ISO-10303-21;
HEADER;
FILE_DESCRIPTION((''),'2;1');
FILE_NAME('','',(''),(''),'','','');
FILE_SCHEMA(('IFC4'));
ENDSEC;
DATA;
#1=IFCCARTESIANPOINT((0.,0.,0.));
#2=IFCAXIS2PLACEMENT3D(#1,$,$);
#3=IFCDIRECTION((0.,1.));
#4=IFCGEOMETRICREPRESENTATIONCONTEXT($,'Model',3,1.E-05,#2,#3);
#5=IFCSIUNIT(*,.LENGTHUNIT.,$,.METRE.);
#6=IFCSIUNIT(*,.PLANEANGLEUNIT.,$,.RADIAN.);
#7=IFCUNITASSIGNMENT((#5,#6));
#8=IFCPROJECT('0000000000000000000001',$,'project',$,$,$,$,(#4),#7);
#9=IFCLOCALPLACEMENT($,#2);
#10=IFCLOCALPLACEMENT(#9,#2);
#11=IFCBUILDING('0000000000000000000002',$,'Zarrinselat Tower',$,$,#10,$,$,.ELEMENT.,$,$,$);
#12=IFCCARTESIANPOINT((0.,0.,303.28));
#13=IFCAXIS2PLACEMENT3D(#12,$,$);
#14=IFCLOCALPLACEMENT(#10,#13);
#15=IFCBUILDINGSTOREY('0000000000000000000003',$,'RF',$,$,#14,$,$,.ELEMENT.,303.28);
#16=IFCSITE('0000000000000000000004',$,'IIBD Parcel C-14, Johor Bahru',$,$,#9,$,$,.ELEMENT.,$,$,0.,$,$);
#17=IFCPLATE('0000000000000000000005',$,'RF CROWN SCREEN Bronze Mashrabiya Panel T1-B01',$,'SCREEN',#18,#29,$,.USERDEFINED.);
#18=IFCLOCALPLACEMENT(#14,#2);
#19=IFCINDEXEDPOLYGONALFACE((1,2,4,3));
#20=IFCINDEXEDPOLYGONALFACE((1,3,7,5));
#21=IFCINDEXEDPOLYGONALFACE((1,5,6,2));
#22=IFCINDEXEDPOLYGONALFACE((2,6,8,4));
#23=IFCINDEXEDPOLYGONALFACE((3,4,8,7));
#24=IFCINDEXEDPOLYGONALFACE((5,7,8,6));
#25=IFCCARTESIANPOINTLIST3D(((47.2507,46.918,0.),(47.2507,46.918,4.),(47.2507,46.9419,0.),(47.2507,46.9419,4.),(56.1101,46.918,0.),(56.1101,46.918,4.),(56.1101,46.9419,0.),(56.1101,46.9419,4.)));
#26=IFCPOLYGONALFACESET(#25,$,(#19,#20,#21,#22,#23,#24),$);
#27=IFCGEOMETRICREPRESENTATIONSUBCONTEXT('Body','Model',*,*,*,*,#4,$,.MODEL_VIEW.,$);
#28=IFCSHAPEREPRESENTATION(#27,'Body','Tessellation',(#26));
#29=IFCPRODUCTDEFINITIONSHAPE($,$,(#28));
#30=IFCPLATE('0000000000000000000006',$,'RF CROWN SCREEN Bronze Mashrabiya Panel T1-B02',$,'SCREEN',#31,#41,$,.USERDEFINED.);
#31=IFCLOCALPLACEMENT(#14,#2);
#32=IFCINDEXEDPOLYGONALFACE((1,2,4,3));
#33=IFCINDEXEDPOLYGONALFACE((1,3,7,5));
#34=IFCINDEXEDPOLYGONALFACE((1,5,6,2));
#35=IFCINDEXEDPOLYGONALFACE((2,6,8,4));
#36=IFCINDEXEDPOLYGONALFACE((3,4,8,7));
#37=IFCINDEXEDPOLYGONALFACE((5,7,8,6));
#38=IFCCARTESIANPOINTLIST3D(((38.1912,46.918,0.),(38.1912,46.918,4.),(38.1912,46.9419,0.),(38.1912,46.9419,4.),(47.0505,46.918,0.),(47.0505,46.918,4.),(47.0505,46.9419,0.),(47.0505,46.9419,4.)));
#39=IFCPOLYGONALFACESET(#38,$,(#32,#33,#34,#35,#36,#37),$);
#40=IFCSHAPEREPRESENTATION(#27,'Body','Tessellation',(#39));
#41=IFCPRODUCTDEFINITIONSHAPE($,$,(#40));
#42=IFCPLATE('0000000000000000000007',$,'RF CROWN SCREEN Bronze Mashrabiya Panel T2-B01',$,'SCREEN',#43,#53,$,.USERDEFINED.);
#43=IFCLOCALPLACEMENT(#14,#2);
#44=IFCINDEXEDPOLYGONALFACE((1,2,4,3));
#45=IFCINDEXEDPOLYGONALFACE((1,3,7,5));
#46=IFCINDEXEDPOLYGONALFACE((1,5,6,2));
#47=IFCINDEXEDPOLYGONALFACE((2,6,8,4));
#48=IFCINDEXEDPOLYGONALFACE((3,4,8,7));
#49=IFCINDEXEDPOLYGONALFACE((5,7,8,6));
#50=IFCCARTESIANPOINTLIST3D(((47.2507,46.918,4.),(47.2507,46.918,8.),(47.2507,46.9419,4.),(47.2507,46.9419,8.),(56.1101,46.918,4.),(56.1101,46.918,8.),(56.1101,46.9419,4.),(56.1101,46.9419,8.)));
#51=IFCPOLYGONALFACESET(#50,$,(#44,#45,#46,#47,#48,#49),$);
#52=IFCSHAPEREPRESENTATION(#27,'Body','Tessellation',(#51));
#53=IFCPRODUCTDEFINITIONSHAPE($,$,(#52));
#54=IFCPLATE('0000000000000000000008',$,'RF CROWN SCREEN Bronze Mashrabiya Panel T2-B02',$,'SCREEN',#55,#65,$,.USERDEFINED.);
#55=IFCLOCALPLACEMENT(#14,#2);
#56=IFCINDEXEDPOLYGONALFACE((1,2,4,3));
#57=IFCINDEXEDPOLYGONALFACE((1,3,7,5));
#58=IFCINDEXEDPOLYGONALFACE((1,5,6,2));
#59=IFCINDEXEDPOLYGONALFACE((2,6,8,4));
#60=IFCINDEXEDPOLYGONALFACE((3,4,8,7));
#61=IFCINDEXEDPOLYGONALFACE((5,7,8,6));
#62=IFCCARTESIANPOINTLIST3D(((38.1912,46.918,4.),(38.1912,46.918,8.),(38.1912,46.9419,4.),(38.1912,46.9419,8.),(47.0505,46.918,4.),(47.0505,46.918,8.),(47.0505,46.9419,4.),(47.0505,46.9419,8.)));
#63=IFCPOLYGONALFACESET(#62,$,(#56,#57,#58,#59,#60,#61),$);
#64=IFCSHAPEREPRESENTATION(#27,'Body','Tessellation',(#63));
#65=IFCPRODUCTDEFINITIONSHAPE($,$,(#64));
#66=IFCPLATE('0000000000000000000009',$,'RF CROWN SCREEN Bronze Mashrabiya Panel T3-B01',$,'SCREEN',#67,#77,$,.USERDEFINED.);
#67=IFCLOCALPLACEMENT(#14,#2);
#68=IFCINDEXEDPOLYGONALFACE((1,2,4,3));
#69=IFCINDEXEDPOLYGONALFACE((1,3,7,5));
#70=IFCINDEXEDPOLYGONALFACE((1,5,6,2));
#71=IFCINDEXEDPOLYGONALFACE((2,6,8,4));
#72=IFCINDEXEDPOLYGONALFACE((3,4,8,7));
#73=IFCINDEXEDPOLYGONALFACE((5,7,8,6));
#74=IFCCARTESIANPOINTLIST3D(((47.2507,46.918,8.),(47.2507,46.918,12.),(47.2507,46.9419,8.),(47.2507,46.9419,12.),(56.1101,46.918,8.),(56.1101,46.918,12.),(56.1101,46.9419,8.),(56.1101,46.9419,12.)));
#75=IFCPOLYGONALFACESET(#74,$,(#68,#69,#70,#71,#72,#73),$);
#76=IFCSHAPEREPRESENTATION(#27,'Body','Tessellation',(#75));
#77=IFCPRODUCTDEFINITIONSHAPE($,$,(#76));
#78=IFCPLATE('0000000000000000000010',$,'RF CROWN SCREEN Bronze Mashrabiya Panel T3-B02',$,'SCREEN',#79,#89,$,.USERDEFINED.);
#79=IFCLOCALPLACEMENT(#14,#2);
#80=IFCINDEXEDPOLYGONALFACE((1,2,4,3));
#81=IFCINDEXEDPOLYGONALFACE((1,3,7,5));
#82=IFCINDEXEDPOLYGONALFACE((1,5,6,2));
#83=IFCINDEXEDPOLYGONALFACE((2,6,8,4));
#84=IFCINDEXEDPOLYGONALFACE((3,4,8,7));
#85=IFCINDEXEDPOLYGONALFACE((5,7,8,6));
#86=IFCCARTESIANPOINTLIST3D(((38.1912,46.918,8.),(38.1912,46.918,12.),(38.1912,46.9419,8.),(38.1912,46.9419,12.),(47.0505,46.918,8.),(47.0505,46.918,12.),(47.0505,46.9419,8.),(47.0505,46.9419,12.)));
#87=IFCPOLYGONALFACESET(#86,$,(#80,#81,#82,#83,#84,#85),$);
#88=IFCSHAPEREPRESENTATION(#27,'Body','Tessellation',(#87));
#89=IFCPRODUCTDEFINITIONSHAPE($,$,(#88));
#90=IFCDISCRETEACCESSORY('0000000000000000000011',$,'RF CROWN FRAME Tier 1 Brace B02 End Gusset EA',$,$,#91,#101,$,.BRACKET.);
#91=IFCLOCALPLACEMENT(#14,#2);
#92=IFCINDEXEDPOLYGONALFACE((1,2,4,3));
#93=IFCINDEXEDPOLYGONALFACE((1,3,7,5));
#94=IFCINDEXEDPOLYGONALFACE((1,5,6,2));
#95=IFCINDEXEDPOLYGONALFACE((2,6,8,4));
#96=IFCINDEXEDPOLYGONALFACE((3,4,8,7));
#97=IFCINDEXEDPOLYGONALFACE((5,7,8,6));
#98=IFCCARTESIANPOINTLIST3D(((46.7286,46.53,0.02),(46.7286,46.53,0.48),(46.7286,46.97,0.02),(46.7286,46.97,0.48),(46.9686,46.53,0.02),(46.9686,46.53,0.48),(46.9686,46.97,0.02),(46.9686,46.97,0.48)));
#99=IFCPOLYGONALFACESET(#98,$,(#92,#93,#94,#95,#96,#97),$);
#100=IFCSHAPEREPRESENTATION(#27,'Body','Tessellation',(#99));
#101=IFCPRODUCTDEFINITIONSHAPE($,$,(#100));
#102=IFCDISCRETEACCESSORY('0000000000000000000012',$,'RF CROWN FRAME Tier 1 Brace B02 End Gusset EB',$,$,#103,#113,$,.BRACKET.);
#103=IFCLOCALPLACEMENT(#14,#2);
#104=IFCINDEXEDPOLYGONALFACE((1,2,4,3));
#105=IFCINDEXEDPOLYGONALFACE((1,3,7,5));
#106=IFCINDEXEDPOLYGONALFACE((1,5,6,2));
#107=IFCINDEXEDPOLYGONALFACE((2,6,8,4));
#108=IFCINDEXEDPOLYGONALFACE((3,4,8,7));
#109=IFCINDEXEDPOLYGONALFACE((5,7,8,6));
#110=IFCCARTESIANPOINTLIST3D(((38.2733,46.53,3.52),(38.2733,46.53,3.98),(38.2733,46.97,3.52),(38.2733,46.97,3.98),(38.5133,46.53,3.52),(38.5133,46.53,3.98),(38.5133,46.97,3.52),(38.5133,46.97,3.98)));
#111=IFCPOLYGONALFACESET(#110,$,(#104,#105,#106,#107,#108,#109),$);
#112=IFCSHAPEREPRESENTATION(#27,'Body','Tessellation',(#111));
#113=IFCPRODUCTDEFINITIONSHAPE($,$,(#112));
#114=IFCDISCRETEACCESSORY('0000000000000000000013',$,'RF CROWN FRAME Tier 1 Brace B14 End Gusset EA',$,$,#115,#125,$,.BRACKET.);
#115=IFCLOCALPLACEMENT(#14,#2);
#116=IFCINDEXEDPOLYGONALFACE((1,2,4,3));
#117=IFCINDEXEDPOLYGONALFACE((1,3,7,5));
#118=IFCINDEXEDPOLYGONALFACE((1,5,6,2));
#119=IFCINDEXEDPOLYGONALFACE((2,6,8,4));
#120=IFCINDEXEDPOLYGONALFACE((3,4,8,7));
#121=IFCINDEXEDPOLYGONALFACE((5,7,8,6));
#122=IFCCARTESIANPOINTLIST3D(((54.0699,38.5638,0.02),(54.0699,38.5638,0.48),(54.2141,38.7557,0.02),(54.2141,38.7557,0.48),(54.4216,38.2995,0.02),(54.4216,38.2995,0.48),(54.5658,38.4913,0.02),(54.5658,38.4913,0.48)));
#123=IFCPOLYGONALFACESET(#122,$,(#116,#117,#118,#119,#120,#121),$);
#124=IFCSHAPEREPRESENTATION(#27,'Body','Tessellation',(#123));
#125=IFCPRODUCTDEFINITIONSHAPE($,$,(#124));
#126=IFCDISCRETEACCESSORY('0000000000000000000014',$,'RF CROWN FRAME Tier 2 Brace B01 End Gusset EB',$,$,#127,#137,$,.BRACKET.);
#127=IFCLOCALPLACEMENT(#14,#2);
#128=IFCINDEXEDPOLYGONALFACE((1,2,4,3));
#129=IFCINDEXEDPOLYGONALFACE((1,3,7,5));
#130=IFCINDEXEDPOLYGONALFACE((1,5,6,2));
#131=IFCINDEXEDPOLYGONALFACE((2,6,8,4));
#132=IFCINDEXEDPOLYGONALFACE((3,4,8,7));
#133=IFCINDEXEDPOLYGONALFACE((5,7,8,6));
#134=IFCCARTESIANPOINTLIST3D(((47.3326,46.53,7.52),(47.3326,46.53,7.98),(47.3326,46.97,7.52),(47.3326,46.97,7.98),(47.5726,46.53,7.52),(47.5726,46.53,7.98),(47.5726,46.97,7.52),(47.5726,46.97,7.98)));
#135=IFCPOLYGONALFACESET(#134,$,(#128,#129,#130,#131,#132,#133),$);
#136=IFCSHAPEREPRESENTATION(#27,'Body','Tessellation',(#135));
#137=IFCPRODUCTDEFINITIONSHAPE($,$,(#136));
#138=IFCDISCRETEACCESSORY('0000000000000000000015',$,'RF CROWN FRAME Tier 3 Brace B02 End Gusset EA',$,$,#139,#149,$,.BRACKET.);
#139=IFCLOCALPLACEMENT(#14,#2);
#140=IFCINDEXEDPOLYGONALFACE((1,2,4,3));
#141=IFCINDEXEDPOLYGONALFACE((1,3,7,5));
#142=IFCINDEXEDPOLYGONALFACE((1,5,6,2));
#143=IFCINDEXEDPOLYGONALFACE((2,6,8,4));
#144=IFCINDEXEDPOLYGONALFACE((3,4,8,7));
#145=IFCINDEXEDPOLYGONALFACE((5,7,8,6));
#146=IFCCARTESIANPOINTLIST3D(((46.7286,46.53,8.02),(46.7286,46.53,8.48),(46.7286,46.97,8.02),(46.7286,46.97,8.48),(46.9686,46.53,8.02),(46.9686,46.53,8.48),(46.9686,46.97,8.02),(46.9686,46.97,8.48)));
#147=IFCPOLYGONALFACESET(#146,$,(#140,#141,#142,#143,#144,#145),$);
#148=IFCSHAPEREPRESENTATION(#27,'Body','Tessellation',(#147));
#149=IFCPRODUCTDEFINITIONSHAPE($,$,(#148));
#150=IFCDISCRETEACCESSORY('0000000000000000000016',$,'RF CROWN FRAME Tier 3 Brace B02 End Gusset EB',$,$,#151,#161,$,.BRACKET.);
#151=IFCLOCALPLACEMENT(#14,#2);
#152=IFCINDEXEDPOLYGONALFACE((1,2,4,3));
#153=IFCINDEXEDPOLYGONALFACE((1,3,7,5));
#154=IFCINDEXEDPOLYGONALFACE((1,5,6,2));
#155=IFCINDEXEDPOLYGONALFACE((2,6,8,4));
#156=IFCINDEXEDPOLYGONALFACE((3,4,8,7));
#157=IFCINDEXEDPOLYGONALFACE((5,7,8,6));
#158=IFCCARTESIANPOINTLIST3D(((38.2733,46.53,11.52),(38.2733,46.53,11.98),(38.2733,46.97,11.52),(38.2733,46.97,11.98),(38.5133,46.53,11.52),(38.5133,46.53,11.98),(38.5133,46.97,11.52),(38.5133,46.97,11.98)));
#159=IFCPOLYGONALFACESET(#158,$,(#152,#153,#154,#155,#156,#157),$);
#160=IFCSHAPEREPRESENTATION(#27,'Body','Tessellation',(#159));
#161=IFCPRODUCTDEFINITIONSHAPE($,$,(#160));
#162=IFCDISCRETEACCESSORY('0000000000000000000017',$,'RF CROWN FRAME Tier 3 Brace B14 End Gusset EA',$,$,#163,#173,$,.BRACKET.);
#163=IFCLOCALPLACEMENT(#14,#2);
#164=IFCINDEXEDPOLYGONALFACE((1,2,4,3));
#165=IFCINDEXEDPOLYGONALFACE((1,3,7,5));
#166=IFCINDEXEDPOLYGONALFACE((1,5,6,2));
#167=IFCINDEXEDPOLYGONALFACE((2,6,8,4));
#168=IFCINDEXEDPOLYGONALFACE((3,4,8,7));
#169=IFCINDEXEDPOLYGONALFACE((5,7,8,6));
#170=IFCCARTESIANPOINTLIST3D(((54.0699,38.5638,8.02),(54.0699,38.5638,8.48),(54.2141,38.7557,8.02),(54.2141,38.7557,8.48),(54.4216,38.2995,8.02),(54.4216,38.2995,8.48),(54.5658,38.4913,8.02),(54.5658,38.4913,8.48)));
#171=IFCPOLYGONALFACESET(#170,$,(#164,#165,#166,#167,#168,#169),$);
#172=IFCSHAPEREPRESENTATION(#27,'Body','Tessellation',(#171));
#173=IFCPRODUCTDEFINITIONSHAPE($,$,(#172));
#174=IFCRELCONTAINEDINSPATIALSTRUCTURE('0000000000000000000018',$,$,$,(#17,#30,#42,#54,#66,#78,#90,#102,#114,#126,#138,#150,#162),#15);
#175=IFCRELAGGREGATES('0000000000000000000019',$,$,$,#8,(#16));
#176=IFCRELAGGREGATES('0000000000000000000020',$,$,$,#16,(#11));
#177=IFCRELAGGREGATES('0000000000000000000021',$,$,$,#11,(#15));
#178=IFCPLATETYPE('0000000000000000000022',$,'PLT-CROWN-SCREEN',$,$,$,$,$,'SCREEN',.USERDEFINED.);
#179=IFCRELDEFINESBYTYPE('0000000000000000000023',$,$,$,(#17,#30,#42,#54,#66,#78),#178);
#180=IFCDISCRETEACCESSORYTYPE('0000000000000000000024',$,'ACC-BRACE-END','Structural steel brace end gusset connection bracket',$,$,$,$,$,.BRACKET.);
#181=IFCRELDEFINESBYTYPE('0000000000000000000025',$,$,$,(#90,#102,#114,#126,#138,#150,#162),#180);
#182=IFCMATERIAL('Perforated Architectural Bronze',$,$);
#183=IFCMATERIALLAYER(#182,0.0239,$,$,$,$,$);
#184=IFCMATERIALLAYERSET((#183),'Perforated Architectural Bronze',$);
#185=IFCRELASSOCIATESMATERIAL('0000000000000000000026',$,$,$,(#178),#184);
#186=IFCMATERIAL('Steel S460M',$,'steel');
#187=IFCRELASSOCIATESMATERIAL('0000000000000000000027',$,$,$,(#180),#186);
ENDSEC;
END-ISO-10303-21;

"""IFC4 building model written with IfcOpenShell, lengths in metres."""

from ifc_helpers import new_model, si_unit, direction, frame, origin, origin_2d, place, context, subcontext, project, spatial, rectangle, extrude, material, layer, layer_set, type_object, element, save


model = new_model("IFC4")

# Units and contexts
model_context = context("Model", 3, precision=1e-05, world=origin(), true_north=direction((0.0, 1.0)))
body_context = subcontext(model_context, "Body", "Model", "MODEL_VIEW")
ifc_project = project(units=[si_unit("LENGTHUNIT", "METRE"), si_unit("PLANEANGLEUNIT", "RADIAN")], contexts=[model_context])

# Site, building, storey
site_placement = place(None, origin())
site = spatial("IfcSite", under=ifc_project, at=site_placement, Name="IIBD Parcel C-14, Johor Bahru", CompositionType="ELEMENT", RefElevation=0.0)
building_placement = place(site_placement, origin())
building = spatial("IfcBuilding", under=site, at=building_placement, Name="Zarrinselat Tower", CompositionType="ELEMENT")
storey_placement = place(building_placement, frame((0.0, 0.0, 303.28)))
storey = spatial("IfcBuildingStorey", under=building, at=storey_placement, Name="RF", CompositionType="ELEMENT", Elevation=303.28)

# Plates
ifc_material_1 = material(Name="Perforated Architectural Bronze")
ifc_layer_1 = layer(ifc_material_1, 0.0239)
ifc_layer_set_1 = layer_set([ifc_layer_1], Name="Perforated Architectural Bronze")
plate_type = type_object("IfcPlateType", Name="PLT-CROWN-SCREEN", ElementType="SCREEN", PredefinedType="USERDEFINED", material=ifc_layer_set_1)
for number, where, z_axis, x_axis, name in (
    (1, (51.6804, 46.9299, 0.0), (0.0, 0.0, 1.0), (-1.0, 0.0, 0.0), "RF CROWN SCREEN Bronze Mashrabiya Panel T1-B01"),
    (2, (42.6208, 46.9299, 0.0), (0.0, 0.0, 1.0), (-1.0, 0.0, 0.0), "RF CROWN SCREEN Bronze Mashrabiya Panel T1-B02"),
    (3, (51.6804, 46.9299, 4.0), (0.0, 0.0, 1.0), (-1.0, 0.0, 0.0), "RF CROWN SCREEN Bronze Mashrabiya Panel T2-B01"),
    (4, (42.6208, 46.9299, 4.0), (0.0, 0.0, 1.0), (-1.0, 0.0, 0.0), "RF CROWN SCREEN Bronze Mashrabiya Panel T2-B02"),
    (5, (51.6804, 46.9299, 8.0), (0.0, 0.0, 1.0), (-1.0, 0.0, 0.0), "RF CROWN SCREEN Bronze Mashrabiya Panel T3-B01"),
    (6, (42.6208, 46.9299, 8.0), (0.0, 0.0, 1.0), (-1.0, 0.0, 0.0), "RF CROWN SCREEN Bronze Mashrabiya Panel T3-B02"),
):
    element("IfcPlate", number, at=place(storey_placement, frame(where, z_axis=z_axis, x_axis=x_axis)), inside=storey, type_object=plate_type, Name=name, ObjectType="SCREEN", PredefinedType="USERDEFINED", context=body_context, shape_type="SweptSolid", body=[
        extrude(rectangle(XDim=8.8594, YDim=0.0239, at=origin_2d()), origin(), (0.0, 0.0, 1.0), 4.0),
    ])

# Discrete accessories
ifc_material_2 = material(Name="Steel S460M", Category="steel")
discrete_accessory_type = type_object("IfcDiscreteAccessoryType", Name="ACC-BRACE-END", Description="Structural steel brace end gusset connection bracket", PredefinedType="BRACKET", material=ifc_material_2)
for number, where, z_axis, x_axis, name in (
    (7, (46.8486, 46.75, 0.02), (0.0, 0.0, 1.0), (-1.0, 0.0, 0.0), "RF CROWN FRAME Tier 1 Brace B02 End Gusset EA"),
    (8, (38.3933, 46.75, 3.52), (0.0, 0.0, 1.0), (-1.0, 0.0, 0.0), "RF CROWN FRAME Tier 1 Brace B02 End Gusset EB"),
    (9, (54.3179, 38.5276, 0.02), (0.0, 0.0, 1.0), (0.600844, 0.799367, 0.0), "RF CROWN FRAME Tier 1 Brace B14 End Gusset EA"),
    (10, (47.4526, 46.75, 7.52), (0.0, 0.0, 1.0), (-1.0, 0.0, 0.0), "RF CROWN FRAME Tier 2 Brace B01 End Gusset EB"),
    (11, (46.8486, 46.75, 8.02), (0.0, 0.0, 1.0), (-1.0, 0.0, 0.0), "RF CROWN FRAME Tier 3 Brace B02 End Gusset EA"),
    (12, (38.3933, 46.75, 11.52), (0.0, 0.0, 1.0), (-1.0, 0.0, 0.0), "RF CROWN FRAME Tier 3 Brace B02 End Gusset EB"),
    (13, (54.3179, 38.5276, 8.02), (0.0, 0.0, 1.0), (0.600844, 0.799367, 0.0), "RF CROWN FRAME Tier 3 Brace B14 End Gusset EA"),
):
    element("IfcDiscreteAccessory", number, at=place(storey_placement, frame(where, z_axis=z_axis, x_axis=x_axis)), inside=storey, type_object=discrete_accessory_type, Name=name, PredefinedType="BRACKET", context=body_context, shape_type="SweptSolid", body=[
        extrude(rectangle(XDim=0.24, YDim=0.4399, at=origin_2d()), origin(), (0.0, 0.0, 1.0), 0.46),
    ])

save(model, "model.ifc")
